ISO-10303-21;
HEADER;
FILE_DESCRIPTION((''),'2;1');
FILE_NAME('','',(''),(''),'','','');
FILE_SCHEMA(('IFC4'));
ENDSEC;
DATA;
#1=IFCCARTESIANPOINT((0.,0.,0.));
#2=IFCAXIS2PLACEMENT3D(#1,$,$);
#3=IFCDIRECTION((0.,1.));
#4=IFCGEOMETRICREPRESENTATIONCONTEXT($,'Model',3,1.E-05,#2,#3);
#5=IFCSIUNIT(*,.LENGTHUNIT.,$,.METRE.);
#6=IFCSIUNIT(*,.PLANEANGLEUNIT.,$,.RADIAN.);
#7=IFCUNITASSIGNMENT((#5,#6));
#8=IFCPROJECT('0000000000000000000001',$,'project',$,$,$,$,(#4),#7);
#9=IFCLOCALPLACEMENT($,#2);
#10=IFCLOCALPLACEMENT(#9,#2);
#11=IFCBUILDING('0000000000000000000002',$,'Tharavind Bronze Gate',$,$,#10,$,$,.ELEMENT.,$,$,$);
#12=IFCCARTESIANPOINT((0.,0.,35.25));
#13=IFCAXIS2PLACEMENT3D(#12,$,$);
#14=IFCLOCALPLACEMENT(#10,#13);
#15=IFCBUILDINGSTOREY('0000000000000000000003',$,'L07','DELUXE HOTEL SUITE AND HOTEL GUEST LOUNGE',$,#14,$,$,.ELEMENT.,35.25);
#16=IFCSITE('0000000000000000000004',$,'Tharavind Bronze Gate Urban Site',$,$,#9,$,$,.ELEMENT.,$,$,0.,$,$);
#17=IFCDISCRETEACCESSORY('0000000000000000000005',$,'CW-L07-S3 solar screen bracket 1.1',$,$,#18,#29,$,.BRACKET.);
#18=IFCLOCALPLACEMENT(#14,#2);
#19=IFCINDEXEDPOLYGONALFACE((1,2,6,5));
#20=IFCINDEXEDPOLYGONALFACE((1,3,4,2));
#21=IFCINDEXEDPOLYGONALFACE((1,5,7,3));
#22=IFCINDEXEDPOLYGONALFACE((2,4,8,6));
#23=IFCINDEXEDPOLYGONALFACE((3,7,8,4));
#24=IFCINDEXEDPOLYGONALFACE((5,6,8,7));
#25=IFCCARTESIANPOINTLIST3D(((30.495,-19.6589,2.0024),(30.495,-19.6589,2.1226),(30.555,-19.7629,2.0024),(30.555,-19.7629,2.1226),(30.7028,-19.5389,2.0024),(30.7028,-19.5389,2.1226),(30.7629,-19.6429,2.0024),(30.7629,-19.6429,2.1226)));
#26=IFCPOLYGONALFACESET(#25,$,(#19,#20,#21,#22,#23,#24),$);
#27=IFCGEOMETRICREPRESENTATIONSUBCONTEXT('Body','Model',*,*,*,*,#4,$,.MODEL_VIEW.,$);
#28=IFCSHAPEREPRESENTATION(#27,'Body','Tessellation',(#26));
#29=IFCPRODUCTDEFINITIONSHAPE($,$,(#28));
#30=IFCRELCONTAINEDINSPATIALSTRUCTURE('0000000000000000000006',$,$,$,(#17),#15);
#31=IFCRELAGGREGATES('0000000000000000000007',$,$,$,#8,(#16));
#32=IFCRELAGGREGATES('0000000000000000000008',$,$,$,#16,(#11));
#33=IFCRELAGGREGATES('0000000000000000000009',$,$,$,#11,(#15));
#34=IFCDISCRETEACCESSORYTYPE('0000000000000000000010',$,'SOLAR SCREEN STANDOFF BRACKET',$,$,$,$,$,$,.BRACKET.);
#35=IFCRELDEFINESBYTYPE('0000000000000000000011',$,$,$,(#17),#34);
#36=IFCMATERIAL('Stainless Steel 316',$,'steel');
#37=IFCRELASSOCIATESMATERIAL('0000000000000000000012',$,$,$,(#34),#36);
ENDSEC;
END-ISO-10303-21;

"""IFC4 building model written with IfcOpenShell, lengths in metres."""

from ifc_helpers import new_model, si_unit, direction, frame, origin, origin_2d, place, context, subcontext, project, spatial, rectangle, extrude, material, type_object, element, save


model = new_model("IFC4")

# Units and contexts
model_context = context("Model", 3, precision=1e-05, world=origin(), true_north=direction((0.0, 1.0)))
body_context = subcontext(model_context, "Body", "Model", "MODEL_VIEW")
ifc_project = project(units=[si_unit("LENGTHUNIT", "METRE"), si_unit("PLANEANGLEUNIT", "RADIAN")], contexts=[model_context])

# Site, building, storey
site_placement = place(None, origin())
site = spatial("IfcSite", under=ifc_project, at=site_placement, Name="Tharavind Bronze Gate Urban Site", CompositionType="ELEMENT", RefElevation=0.0)
building_placement = place(site_placement, origin())
building = spatial("IfcBuilding", under=site, at=building_placement, Name="Tharavind Bronze Gate", CompositionType="ELEMENT")
storey_placement = place(building_placement, frame((0.0, 0.0, 35.25)))
storey = spatial("IfcBuildingStorey", under=building, at=storey_placement, Name="L07", Description="DELUXE HOTEL SUITE AND HOTEL GUEST LOUNGE", CompositionType="ELEMENT", Elevation=35.25)

# Discrete accessory
ifc_material_1 = material(Name="Stainless Steel 316", Category="steel")
discrete_accessory_type = type_object("IfcDiscreteAccessoryType", Name="SOLAR SCREEN STANDOFF BRACKET", PredefinedType="BRACKET", material=ifc_material_1)
for number, where, z_axis, x_axis, name in (
    (1, (30.6289, -19.6509, 2.0024), (0.0, 0.0, 1.0), (-0.500002, 0.866025, 0.0), "CW-L07-S3 solar screen bracket 1.1"),
):
    element("IfcDiscreteAccessory", number, at=place(storey_placement, frame(where, z_axis=z_axis, x_axis=x_axis)), inside=storey, type_object=discrete_accessory_type, Name=name, PredefinedType="BRACKET", context=body_context, shape_type="SweptSolid", body=[
        extrude(rectangle(XDim=0.1201, YDim=0.24, at=origin_2d()), origin(), (0.0, 0.0, 1.0), 0.1201),
    ])

save(model, "model.ifc")
